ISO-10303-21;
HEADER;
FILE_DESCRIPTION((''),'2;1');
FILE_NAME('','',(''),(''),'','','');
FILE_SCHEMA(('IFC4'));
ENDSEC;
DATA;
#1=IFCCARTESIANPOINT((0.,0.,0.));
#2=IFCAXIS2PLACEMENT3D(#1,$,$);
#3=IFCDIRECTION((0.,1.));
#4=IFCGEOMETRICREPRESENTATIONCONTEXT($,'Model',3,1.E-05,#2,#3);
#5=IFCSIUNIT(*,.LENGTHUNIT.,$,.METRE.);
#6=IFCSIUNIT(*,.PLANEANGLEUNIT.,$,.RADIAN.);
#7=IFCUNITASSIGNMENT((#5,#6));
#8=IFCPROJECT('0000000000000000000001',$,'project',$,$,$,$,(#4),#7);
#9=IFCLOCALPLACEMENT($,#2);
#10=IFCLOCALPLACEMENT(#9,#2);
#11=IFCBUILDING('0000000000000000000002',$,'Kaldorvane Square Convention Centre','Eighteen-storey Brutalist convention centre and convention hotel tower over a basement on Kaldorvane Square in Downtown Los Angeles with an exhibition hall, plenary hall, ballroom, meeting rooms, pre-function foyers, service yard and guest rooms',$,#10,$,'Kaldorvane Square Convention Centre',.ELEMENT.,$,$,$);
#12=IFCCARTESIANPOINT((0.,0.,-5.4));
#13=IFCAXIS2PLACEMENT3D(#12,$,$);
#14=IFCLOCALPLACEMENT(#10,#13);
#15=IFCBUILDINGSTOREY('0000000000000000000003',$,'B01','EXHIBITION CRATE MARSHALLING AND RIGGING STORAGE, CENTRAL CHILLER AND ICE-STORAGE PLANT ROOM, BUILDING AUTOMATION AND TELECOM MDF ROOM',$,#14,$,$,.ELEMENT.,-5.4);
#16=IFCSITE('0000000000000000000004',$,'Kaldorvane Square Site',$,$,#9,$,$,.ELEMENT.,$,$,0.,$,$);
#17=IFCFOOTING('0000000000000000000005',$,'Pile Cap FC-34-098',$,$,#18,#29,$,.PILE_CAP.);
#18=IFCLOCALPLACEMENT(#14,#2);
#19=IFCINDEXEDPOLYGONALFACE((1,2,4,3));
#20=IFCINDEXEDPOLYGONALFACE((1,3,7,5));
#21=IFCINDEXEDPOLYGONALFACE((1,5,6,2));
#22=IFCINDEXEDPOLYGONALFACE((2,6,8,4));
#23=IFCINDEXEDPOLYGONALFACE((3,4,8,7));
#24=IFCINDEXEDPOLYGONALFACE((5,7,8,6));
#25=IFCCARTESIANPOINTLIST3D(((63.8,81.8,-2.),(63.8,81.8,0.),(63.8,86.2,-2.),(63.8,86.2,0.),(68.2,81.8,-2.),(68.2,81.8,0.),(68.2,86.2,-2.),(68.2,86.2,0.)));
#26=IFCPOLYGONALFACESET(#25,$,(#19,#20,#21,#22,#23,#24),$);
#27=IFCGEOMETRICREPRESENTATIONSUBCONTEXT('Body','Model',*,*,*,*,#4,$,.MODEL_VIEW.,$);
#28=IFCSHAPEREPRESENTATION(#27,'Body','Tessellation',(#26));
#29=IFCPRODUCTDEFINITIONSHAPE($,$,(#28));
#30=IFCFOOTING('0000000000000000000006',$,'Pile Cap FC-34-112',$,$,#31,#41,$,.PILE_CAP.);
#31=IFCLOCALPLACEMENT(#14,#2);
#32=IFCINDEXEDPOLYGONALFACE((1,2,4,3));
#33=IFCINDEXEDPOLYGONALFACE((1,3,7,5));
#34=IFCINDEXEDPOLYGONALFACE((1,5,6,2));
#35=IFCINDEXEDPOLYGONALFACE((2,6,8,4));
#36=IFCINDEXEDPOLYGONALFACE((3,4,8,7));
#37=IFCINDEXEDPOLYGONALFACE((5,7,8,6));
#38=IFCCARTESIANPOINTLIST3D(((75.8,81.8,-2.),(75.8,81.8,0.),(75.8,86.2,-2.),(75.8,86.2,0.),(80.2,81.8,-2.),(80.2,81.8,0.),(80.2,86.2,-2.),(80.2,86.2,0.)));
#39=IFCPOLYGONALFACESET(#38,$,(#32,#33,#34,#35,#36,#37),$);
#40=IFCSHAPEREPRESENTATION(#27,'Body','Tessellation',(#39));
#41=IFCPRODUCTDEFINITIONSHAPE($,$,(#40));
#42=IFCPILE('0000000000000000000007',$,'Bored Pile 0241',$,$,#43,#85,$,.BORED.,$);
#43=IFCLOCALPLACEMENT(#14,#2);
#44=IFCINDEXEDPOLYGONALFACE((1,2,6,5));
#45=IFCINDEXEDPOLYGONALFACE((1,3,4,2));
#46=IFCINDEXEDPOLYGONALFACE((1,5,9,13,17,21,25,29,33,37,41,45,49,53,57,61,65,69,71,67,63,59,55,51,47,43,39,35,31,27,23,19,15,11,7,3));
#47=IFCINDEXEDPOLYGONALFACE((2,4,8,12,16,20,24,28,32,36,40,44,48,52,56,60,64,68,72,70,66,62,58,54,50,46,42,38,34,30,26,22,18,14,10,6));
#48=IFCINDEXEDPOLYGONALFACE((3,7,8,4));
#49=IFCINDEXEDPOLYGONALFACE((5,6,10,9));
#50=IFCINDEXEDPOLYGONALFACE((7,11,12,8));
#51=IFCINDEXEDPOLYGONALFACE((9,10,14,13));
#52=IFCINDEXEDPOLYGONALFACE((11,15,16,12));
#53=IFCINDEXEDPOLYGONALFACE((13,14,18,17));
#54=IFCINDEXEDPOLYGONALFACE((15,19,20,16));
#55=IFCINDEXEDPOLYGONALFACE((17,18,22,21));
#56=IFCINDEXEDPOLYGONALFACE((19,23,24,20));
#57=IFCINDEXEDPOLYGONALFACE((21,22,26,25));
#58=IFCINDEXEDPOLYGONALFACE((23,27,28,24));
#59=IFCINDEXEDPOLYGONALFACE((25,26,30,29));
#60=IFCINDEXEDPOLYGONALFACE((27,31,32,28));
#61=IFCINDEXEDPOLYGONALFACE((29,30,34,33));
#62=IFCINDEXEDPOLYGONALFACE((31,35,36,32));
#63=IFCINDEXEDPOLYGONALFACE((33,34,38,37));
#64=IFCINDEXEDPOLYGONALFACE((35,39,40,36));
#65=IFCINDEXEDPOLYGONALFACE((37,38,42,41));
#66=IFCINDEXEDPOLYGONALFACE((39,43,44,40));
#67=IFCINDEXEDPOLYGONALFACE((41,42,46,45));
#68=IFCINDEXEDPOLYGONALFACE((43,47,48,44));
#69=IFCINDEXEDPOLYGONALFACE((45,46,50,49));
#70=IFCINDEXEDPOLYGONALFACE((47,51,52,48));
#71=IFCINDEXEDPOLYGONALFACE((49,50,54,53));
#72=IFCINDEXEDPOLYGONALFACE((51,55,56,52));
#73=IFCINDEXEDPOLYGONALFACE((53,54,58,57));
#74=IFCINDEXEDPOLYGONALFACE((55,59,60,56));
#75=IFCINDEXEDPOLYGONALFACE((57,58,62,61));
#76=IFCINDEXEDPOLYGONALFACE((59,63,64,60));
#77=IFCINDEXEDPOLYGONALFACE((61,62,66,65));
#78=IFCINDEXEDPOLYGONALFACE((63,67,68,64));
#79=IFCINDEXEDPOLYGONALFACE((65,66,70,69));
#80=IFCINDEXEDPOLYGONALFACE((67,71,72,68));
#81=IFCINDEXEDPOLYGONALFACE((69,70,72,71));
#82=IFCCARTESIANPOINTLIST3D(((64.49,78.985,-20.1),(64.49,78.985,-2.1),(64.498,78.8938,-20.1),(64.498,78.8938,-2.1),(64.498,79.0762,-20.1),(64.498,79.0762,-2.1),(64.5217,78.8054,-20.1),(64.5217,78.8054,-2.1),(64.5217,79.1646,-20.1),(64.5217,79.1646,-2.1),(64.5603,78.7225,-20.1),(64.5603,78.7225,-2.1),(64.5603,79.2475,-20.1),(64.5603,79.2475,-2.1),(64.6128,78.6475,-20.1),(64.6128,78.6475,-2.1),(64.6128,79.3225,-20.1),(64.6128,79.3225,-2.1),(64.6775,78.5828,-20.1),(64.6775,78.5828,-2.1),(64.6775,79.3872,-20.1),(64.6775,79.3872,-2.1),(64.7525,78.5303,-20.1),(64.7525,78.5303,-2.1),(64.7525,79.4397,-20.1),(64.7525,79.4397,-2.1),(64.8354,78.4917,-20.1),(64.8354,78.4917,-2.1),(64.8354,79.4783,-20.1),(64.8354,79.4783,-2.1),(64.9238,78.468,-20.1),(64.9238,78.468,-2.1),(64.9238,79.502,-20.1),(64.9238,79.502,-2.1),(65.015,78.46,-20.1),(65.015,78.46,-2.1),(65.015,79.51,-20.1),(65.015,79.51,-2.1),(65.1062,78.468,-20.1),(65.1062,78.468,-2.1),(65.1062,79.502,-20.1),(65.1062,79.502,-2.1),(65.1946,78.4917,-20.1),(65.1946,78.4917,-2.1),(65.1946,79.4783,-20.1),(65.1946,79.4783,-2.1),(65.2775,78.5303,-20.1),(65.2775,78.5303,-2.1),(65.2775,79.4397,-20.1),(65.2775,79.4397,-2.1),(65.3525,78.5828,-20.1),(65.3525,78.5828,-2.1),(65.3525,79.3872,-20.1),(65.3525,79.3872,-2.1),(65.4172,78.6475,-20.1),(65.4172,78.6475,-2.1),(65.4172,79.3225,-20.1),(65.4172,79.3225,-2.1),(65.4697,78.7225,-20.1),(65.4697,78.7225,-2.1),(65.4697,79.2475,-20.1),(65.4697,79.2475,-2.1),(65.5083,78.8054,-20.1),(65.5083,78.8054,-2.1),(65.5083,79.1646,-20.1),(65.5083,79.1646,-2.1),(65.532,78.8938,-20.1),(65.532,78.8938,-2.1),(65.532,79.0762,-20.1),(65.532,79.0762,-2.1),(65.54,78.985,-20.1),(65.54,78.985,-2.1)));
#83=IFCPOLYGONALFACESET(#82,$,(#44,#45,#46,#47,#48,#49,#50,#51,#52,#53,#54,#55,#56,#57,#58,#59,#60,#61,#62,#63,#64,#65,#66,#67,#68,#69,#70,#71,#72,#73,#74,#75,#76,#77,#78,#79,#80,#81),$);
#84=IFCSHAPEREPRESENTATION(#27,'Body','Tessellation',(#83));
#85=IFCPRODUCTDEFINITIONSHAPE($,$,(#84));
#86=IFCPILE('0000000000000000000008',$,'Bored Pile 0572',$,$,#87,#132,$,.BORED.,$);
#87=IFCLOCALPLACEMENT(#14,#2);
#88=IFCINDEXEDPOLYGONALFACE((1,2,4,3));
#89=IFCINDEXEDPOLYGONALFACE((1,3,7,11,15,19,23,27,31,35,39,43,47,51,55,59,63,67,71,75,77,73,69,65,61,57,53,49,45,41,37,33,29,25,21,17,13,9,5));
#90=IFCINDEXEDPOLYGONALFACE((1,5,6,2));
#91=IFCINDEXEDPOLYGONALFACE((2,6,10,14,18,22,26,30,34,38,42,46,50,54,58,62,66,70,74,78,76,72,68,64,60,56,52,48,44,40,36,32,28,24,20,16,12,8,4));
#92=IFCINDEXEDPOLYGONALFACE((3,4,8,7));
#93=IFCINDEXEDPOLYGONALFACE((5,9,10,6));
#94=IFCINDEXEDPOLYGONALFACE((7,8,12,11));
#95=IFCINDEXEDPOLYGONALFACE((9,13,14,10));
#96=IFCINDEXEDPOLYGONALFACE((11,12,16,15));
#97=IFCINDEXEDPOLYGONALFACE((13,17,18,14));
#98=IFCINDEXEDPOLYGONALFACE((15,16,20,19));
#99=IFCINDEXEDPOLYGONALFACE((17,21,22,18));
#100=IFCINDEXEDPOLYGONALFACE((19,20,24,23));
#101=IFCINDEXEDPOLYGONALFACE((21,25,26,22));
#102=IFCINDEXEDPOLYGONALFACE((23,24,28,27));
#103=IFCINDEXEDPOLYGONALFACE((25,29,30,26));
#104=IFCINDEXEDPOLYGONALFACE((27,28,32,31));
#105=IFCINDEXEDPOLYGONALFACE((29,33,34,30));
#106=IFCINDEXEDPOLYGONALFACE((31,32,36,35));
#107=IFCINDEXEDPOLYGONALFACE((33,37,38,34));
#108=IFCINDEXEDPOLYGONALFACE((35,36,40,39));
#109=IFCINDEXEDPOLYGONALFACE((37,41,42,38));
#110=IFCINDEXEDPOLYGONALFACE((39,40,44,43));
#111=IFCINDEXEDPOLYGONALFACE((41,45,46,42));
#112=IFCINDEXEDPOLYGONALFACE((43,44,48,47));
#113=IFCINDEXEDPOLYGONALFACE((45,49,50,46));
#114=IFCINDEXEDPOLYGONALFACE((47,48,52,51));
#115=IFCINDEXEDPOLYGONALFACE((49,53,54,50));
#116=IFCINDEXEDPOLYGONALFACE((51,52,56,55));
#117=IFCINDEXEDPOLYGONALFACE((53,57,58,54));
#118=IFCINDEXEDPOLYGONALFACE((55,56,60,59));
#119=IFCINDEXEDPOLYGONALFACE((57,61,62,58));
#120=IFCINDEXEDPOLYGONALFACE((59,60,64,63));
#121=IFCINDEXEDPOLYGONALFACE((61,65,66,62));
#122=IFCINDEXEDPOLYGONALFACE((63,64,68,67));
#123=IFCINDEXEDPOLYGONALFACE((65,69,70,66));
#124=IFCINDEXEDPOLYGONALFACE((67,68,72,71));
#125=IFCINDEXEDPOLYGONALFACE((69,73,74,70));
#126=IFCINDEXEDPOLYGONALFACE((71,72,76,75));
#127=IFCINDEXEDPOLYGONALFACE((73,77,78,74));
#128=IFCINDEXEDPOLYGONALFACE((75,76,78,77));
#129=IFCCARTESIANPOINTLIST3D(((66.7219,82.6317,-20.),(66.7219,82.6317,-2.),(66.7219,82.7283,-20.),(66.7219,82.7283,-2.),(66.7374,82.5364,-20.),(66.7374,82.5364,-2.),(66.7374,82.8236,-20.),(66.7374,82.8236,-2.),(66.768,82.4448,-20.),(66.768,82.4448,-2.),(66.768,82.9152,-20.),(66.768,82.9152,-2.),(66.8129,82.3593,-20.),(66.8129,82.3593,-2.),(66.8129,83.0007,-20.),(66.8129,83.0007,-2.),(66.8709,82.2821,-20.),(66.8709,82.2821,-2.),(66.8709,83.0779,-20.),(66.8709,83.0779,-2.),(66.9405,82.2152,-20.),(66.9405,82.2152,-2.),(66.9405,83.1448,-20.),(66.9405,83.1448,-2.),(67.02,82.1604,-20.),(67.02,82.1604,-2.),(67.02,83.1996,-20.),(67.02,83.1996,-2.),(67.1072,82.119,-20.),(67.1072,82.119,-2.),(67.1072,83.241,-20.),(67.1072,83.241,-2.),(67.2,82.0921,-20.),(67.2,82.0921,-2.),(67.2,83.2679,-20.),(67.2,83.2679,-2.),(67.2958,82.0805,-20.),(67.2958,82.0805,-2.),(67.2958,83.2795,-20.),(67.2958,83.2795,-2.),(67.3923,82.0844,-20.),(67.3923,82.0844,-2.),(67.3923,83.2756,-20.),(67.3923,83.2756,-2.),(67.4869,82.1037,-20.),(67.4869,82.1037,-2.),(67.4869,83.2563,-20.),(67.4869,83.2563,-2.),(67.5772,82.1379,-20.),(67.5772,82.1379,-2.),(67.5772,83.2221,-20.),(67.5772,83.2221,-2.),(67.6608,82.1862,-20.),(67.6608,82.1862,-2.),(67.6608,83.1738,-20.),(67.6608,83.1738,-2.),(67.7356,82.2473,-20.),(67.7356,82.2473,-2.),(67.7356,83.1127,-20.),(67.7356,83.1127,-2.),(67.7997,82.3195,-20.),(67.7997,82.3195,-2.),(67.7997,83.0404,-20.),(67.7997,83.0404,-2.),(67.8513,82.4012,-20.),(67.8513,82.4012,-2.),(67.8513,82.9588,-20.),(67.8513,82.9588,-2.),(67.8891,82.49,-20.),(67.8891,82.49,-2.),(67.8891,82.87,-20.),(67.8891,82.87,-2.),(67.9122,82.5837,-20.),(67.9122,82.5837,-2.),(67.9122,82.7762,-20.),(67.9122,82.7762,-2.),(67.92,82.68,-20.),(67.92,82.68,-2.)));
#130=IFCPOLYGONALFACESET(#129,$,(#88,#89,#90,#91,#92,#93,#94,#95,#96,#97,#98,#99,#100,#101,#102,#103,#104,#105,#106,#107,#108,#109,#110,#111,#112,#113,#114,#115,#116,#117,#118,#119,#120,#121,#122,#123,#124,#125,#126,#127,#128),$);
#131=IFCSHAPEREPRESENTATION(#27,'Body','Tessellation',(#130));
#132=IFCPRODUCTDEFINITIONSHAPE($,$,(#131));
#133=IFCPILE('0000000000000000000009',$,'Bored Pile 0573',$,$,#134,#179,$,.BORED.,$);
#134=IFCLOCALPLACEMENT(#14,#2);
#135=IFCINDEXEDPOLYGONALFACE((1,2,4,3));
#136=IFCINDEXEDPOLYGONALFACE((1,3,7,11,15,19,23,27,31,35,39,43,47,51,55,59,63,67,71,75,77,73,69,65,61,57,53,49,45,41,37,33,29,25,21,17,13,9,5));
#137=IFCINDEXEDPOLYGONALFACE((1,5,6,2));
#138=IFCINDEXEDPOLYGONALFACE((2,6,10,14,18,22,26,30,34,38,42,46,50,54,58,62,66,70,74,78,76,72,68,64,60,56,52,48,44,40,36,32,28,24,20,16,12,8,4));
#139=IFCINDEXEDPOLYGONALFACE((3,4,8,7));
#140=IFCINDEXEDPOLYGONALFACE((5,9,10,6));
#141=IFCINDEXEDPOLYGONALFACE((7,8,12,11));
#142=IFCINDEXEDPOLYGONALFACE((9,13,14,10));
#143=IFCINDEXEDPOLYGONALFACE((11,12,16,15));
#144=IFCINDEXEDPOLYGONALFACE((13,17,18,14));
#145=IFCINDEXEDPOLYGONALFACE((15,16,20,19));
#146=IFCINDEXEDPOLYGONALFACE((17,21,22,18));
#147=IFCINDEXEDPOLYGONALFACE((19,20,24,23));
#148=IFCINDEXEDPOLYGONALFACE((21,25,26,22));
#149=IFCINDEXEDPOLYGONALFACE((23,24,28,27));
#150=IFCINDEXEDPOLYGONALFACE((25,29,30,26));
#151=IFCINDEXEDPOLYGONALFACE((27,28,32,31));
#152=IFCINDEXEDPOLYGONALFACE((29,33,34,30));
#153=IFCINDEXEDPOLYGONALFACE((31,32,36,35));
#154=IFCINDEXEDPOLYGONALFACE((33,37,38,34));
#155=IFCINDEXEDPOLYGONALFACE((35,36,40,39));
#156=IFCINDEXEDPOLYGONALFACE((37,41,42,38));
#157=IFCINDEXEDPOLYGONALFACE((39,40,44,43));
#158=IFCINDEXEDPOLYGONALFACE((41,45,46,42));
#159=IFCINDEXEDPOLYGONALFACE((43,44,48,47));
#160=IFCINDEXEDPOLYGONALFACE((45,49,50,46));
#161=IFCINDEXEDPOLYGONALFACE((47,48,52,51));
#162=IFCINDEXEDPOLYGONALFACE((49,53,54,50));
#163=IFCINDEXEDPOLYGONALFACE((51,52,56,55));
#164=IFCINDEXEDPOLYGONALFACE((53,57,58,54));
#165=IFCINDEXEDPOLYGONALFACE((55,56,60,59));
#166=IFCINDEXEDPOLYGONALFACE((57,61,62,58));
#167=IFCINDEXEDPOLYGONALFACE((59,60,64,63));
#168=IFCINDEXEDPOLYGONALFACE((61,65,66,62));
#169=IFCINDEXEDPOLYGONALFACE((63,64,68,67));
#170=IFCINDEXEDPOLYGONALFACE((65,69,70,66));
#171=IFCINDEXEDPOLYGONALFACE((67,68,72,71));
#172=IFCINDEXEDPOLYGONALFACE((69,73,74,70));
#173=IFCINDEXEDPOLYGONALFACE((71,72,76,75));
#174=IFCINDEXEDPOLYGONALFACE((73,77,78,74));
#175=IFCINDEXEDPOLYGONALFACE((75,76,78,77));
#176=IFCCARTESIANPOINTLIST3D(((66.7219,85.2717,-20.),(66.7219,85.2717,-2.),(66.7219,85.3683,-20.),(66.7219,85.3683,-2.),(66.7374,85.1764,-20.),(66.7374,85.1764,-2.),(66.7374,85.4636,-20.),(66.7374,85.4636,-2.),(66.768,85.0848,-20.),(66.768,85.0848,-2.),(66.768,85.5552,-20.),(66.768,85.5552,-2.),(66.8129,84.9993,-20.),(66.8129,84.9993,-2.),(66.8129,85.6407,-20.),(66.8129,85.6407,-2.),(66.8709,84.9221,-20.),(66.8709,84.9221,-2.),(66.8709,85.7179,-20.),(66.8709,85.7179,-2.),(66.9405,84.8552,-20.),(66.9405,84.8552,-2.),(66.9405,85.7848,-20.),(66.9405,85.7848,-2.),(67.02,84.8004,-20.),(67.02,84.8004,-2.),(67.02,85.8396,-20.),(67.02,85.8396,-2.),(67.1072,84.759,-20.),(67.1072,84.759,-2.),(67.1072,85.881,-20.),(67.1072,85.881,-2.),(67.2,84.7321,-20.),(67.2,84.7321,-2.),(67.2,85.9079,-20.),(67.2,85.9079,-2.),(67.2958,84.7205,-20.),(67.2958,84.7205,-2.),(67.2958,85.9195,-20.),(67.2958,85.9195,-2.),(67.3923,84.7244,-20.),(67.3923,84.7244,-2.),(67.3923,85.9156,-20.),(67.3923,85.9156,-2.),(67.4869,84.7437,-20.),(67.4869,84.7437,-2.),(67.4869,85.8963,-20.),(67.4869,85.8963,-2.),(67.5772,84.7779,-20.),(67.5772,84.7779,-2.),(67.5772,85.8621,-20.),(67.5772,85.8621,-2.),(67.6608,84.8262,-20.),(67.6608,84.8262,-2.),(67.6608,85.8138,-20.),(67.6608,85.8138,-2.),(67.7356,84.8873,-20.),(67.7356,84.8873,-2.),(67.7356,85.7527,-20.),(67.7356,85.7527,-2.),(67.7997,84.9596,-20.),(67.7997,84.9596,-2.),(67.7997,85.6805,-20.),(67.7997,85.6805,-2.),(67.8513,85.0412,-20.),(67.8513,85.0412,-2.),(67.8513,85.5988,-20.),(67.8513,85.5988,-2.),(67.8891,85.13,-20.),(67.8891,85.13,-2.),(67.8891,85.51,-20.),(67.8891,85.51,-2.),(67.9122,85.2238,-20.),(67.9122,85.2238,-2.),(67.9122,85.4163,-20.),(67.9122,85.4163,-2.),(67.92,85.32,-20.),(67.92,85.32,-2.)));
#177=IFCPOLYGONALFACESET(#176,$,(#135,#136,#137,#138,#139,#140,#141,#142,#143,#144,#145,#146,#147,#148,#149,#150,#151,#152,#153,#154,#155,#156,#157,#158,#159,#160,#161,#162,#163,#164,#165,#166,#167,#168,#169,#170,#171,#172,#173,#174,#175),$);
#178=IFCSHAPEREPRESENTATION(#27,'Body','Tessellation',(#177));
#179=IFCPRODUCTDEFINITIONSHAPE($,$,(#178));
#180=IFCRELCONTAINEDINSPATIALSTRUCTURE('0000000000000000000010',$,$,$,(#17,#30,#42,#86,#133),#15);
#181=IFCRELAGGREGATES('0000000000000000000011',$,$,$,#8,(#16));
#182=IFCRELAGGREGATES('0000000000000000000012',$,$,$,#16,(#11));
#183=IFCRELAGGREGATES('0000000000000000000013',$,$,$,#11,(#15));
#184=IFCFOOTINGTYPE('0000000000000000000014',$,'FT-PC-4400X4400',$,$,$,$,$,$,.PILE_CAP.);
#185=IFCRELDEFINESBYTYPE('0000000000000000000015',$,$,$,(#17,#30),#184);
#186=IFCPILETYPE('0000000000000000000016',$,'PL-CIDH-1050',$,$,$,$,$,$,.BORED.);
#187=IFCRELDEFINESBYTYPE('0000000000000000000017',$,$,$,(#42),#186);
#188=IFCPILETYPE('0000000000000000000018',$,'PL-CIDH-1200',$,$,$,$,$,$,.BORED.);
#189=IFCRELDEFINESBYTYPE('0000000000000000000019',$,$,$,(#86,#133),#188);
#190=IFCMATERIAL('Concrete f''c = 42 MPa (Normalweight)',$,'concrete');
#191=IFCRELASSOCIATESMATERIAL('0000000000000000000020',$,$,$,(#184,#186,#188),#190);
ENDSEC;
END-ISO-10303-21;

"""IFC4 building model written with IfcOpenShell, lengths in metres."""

from ifc_helpers import new_model, si_unit, direction, frame, origin, origin_2d, place, context, subcontext, project, spatial, rectangle, circle, extrude, material, material_profile, profile_set, type_object, element, save


model = new_model("IFC4")

# Units and contexts
model_context = context("Model", 3, precision=1e-05, world=origin(), true_north=direction((0.0, 1.0)))
body_context = subcontext(model_context, "Body", "Model", "MODEL_VIEW")
ifc_project = project(units=[si_unit("LENGTHUNIT", "METRE"), si_unit("PLANEANGLEUNIT", "RADIAN")], contexts=[model_context])

# Site, building, storey
site_placement = place(None, origin())
site = spatial("IfcSite", under=ifc_project, at=site_placement, Name="Kaldorvane Square Site", CompositionType="ELEMENT", RefElevation=0.0)
building_placement = place(site_placement, origin())
building = spatial("IfcBuilding", under=site, at=building_placement, Name="Kaldorvane Square Convention Centre", Description="Eighteen-storey Brutalist convention centre and convention hotel tower over a basement on Kaldorvane Square in Downtown Los Angeles with an exhibition hall, plenary hall, ballroom, meeting rooms, pre-function foyers, service yard and guest rooms", LongName="Kaldorvane Square Convention Centre", CompositionType="ELEMENT")
storey_placement = place(building_placement, frame((0.0, 0.0, -5.4)))
storey = spatial("IfcBuildingStorey", under=building, at=storey_placement, Name="B01", Description="EXHIBITION CRATE MARSHALLING AND RIGGING STORAGE, CENTRAL CHILLER AND ICE-STORAGE PLANT ROOM, BUILDING AUTOMATION AND TELECOM MDF ROOM", CompositionType="ELEMENT", Elevation=-5.4)

# Footings
ifc_material_1 = material(Name="Concrete f'c = 42 MPa (Normalweight)", Category="concrete")
footing_type = type_object("IfcFootingType", Name="FT-PC-4400X4400", PredefinedType="PILE_CAP", material=ifc_material_1)
for number, where, z_axis, x_axis, name in (
    (1, (66.0, 84.0, -2.0), (0.0, 0.0, 1.0), (1.0, 0.0, 0.0), "Pile Cap FC-34-098"),
    (2, (78.0, 84.0, -2.0), (0.0, 0.0, 1.0), (1.0, 0.0, 0.0), "Pile Cap FC-34-112"),
):
    element("IfcFooting", number, at=place(storey_placement, frame(where, z_axis=z_axis, x_axis=x_axis)), inside=storey, type_object=footing_type, Name=name, PredefinedType="PILE_CAP", context=body_context, shape_type="SweptSolid", body=[
        extrude(rectangle(XDim=4.4, YDim=4.4, at=origin_2d()), origin(), (0.0, 0.0, 1.0), 2.0),
    ])

# Piles
ifc_material_profile_1 = material_profile(ifc_material_1, circle(Radius=0.525, at=origin_2d()), Name="PILE-D1050")
ifc_profile_set_1 = profile_set([ifc_material_profile_1], Name="Concrete f'c = 42 MPa (Normalweight)")
pile_type_1 = type_object("IfcPileType", Name="PL-CIDH-1050", PredefinedType="BORED", material=ifc_profile_set_1)
pile_placement = place(storey_placement, frame((65.015, 78.985, -2.1), z_axis=(0.0, 0.0, -1.0), x_axis=(1.0, 0.0, 0.0)))
element("IfcPile", 3, at=pile_placement, inside=storey, type_object=pile_type_1, Name="Bored Pile 0241", PredefinedType="BORED", context=body_context, shape_type="SweptSolid", body=[
    extrude(circle(Radius=0.525, at=origin_2d()), origin(), (0.0, 0.0, 1.0), 18.0),
])
ifc_material_profile_2 = material_profile(ifc_material_1, circle(Radius=0.6, at=origin_2d()), Name="PILE-D1200")
ifc_profile_set_2 = profile_set([ifc_material_profile_2], Name="Concrete f'c = 42 MPa (Normalweight)")
pile_type_2 = type_object("IfcPileType", Name="PL-CIDH-1200", PredefinedType="BORED", material=ifc_profile_set_2)
for number, where, z_axis, x_axis, name in (
    (4, (67.32, 82.68, -2.0), (0.0, 0.0, -1.0), (1.0, 0.0, 0.0), "Bored Pile 0572"),
    (5, (67.32, 85.32, -2.0), (0.0, 0.0, -1.0), (1.0, 0.0, 0.0), "Bored Pile 0573"),
):
    element("IfcPile", number, at=place(storey_placement, frame(where, z_axis=z_axis, x_axis=x_axis)), inside=storey, type_object=pile_type_2, Name=name, PredefinedType="BORED", context=body_context, shape_type="SweptSolid", body=[
        extrude(circle(Radius=0.6, at=origin_2d()), origin(), (0.0, 0.0, 1.0), 18.0),
    ])

save(model, "model.ifc")
